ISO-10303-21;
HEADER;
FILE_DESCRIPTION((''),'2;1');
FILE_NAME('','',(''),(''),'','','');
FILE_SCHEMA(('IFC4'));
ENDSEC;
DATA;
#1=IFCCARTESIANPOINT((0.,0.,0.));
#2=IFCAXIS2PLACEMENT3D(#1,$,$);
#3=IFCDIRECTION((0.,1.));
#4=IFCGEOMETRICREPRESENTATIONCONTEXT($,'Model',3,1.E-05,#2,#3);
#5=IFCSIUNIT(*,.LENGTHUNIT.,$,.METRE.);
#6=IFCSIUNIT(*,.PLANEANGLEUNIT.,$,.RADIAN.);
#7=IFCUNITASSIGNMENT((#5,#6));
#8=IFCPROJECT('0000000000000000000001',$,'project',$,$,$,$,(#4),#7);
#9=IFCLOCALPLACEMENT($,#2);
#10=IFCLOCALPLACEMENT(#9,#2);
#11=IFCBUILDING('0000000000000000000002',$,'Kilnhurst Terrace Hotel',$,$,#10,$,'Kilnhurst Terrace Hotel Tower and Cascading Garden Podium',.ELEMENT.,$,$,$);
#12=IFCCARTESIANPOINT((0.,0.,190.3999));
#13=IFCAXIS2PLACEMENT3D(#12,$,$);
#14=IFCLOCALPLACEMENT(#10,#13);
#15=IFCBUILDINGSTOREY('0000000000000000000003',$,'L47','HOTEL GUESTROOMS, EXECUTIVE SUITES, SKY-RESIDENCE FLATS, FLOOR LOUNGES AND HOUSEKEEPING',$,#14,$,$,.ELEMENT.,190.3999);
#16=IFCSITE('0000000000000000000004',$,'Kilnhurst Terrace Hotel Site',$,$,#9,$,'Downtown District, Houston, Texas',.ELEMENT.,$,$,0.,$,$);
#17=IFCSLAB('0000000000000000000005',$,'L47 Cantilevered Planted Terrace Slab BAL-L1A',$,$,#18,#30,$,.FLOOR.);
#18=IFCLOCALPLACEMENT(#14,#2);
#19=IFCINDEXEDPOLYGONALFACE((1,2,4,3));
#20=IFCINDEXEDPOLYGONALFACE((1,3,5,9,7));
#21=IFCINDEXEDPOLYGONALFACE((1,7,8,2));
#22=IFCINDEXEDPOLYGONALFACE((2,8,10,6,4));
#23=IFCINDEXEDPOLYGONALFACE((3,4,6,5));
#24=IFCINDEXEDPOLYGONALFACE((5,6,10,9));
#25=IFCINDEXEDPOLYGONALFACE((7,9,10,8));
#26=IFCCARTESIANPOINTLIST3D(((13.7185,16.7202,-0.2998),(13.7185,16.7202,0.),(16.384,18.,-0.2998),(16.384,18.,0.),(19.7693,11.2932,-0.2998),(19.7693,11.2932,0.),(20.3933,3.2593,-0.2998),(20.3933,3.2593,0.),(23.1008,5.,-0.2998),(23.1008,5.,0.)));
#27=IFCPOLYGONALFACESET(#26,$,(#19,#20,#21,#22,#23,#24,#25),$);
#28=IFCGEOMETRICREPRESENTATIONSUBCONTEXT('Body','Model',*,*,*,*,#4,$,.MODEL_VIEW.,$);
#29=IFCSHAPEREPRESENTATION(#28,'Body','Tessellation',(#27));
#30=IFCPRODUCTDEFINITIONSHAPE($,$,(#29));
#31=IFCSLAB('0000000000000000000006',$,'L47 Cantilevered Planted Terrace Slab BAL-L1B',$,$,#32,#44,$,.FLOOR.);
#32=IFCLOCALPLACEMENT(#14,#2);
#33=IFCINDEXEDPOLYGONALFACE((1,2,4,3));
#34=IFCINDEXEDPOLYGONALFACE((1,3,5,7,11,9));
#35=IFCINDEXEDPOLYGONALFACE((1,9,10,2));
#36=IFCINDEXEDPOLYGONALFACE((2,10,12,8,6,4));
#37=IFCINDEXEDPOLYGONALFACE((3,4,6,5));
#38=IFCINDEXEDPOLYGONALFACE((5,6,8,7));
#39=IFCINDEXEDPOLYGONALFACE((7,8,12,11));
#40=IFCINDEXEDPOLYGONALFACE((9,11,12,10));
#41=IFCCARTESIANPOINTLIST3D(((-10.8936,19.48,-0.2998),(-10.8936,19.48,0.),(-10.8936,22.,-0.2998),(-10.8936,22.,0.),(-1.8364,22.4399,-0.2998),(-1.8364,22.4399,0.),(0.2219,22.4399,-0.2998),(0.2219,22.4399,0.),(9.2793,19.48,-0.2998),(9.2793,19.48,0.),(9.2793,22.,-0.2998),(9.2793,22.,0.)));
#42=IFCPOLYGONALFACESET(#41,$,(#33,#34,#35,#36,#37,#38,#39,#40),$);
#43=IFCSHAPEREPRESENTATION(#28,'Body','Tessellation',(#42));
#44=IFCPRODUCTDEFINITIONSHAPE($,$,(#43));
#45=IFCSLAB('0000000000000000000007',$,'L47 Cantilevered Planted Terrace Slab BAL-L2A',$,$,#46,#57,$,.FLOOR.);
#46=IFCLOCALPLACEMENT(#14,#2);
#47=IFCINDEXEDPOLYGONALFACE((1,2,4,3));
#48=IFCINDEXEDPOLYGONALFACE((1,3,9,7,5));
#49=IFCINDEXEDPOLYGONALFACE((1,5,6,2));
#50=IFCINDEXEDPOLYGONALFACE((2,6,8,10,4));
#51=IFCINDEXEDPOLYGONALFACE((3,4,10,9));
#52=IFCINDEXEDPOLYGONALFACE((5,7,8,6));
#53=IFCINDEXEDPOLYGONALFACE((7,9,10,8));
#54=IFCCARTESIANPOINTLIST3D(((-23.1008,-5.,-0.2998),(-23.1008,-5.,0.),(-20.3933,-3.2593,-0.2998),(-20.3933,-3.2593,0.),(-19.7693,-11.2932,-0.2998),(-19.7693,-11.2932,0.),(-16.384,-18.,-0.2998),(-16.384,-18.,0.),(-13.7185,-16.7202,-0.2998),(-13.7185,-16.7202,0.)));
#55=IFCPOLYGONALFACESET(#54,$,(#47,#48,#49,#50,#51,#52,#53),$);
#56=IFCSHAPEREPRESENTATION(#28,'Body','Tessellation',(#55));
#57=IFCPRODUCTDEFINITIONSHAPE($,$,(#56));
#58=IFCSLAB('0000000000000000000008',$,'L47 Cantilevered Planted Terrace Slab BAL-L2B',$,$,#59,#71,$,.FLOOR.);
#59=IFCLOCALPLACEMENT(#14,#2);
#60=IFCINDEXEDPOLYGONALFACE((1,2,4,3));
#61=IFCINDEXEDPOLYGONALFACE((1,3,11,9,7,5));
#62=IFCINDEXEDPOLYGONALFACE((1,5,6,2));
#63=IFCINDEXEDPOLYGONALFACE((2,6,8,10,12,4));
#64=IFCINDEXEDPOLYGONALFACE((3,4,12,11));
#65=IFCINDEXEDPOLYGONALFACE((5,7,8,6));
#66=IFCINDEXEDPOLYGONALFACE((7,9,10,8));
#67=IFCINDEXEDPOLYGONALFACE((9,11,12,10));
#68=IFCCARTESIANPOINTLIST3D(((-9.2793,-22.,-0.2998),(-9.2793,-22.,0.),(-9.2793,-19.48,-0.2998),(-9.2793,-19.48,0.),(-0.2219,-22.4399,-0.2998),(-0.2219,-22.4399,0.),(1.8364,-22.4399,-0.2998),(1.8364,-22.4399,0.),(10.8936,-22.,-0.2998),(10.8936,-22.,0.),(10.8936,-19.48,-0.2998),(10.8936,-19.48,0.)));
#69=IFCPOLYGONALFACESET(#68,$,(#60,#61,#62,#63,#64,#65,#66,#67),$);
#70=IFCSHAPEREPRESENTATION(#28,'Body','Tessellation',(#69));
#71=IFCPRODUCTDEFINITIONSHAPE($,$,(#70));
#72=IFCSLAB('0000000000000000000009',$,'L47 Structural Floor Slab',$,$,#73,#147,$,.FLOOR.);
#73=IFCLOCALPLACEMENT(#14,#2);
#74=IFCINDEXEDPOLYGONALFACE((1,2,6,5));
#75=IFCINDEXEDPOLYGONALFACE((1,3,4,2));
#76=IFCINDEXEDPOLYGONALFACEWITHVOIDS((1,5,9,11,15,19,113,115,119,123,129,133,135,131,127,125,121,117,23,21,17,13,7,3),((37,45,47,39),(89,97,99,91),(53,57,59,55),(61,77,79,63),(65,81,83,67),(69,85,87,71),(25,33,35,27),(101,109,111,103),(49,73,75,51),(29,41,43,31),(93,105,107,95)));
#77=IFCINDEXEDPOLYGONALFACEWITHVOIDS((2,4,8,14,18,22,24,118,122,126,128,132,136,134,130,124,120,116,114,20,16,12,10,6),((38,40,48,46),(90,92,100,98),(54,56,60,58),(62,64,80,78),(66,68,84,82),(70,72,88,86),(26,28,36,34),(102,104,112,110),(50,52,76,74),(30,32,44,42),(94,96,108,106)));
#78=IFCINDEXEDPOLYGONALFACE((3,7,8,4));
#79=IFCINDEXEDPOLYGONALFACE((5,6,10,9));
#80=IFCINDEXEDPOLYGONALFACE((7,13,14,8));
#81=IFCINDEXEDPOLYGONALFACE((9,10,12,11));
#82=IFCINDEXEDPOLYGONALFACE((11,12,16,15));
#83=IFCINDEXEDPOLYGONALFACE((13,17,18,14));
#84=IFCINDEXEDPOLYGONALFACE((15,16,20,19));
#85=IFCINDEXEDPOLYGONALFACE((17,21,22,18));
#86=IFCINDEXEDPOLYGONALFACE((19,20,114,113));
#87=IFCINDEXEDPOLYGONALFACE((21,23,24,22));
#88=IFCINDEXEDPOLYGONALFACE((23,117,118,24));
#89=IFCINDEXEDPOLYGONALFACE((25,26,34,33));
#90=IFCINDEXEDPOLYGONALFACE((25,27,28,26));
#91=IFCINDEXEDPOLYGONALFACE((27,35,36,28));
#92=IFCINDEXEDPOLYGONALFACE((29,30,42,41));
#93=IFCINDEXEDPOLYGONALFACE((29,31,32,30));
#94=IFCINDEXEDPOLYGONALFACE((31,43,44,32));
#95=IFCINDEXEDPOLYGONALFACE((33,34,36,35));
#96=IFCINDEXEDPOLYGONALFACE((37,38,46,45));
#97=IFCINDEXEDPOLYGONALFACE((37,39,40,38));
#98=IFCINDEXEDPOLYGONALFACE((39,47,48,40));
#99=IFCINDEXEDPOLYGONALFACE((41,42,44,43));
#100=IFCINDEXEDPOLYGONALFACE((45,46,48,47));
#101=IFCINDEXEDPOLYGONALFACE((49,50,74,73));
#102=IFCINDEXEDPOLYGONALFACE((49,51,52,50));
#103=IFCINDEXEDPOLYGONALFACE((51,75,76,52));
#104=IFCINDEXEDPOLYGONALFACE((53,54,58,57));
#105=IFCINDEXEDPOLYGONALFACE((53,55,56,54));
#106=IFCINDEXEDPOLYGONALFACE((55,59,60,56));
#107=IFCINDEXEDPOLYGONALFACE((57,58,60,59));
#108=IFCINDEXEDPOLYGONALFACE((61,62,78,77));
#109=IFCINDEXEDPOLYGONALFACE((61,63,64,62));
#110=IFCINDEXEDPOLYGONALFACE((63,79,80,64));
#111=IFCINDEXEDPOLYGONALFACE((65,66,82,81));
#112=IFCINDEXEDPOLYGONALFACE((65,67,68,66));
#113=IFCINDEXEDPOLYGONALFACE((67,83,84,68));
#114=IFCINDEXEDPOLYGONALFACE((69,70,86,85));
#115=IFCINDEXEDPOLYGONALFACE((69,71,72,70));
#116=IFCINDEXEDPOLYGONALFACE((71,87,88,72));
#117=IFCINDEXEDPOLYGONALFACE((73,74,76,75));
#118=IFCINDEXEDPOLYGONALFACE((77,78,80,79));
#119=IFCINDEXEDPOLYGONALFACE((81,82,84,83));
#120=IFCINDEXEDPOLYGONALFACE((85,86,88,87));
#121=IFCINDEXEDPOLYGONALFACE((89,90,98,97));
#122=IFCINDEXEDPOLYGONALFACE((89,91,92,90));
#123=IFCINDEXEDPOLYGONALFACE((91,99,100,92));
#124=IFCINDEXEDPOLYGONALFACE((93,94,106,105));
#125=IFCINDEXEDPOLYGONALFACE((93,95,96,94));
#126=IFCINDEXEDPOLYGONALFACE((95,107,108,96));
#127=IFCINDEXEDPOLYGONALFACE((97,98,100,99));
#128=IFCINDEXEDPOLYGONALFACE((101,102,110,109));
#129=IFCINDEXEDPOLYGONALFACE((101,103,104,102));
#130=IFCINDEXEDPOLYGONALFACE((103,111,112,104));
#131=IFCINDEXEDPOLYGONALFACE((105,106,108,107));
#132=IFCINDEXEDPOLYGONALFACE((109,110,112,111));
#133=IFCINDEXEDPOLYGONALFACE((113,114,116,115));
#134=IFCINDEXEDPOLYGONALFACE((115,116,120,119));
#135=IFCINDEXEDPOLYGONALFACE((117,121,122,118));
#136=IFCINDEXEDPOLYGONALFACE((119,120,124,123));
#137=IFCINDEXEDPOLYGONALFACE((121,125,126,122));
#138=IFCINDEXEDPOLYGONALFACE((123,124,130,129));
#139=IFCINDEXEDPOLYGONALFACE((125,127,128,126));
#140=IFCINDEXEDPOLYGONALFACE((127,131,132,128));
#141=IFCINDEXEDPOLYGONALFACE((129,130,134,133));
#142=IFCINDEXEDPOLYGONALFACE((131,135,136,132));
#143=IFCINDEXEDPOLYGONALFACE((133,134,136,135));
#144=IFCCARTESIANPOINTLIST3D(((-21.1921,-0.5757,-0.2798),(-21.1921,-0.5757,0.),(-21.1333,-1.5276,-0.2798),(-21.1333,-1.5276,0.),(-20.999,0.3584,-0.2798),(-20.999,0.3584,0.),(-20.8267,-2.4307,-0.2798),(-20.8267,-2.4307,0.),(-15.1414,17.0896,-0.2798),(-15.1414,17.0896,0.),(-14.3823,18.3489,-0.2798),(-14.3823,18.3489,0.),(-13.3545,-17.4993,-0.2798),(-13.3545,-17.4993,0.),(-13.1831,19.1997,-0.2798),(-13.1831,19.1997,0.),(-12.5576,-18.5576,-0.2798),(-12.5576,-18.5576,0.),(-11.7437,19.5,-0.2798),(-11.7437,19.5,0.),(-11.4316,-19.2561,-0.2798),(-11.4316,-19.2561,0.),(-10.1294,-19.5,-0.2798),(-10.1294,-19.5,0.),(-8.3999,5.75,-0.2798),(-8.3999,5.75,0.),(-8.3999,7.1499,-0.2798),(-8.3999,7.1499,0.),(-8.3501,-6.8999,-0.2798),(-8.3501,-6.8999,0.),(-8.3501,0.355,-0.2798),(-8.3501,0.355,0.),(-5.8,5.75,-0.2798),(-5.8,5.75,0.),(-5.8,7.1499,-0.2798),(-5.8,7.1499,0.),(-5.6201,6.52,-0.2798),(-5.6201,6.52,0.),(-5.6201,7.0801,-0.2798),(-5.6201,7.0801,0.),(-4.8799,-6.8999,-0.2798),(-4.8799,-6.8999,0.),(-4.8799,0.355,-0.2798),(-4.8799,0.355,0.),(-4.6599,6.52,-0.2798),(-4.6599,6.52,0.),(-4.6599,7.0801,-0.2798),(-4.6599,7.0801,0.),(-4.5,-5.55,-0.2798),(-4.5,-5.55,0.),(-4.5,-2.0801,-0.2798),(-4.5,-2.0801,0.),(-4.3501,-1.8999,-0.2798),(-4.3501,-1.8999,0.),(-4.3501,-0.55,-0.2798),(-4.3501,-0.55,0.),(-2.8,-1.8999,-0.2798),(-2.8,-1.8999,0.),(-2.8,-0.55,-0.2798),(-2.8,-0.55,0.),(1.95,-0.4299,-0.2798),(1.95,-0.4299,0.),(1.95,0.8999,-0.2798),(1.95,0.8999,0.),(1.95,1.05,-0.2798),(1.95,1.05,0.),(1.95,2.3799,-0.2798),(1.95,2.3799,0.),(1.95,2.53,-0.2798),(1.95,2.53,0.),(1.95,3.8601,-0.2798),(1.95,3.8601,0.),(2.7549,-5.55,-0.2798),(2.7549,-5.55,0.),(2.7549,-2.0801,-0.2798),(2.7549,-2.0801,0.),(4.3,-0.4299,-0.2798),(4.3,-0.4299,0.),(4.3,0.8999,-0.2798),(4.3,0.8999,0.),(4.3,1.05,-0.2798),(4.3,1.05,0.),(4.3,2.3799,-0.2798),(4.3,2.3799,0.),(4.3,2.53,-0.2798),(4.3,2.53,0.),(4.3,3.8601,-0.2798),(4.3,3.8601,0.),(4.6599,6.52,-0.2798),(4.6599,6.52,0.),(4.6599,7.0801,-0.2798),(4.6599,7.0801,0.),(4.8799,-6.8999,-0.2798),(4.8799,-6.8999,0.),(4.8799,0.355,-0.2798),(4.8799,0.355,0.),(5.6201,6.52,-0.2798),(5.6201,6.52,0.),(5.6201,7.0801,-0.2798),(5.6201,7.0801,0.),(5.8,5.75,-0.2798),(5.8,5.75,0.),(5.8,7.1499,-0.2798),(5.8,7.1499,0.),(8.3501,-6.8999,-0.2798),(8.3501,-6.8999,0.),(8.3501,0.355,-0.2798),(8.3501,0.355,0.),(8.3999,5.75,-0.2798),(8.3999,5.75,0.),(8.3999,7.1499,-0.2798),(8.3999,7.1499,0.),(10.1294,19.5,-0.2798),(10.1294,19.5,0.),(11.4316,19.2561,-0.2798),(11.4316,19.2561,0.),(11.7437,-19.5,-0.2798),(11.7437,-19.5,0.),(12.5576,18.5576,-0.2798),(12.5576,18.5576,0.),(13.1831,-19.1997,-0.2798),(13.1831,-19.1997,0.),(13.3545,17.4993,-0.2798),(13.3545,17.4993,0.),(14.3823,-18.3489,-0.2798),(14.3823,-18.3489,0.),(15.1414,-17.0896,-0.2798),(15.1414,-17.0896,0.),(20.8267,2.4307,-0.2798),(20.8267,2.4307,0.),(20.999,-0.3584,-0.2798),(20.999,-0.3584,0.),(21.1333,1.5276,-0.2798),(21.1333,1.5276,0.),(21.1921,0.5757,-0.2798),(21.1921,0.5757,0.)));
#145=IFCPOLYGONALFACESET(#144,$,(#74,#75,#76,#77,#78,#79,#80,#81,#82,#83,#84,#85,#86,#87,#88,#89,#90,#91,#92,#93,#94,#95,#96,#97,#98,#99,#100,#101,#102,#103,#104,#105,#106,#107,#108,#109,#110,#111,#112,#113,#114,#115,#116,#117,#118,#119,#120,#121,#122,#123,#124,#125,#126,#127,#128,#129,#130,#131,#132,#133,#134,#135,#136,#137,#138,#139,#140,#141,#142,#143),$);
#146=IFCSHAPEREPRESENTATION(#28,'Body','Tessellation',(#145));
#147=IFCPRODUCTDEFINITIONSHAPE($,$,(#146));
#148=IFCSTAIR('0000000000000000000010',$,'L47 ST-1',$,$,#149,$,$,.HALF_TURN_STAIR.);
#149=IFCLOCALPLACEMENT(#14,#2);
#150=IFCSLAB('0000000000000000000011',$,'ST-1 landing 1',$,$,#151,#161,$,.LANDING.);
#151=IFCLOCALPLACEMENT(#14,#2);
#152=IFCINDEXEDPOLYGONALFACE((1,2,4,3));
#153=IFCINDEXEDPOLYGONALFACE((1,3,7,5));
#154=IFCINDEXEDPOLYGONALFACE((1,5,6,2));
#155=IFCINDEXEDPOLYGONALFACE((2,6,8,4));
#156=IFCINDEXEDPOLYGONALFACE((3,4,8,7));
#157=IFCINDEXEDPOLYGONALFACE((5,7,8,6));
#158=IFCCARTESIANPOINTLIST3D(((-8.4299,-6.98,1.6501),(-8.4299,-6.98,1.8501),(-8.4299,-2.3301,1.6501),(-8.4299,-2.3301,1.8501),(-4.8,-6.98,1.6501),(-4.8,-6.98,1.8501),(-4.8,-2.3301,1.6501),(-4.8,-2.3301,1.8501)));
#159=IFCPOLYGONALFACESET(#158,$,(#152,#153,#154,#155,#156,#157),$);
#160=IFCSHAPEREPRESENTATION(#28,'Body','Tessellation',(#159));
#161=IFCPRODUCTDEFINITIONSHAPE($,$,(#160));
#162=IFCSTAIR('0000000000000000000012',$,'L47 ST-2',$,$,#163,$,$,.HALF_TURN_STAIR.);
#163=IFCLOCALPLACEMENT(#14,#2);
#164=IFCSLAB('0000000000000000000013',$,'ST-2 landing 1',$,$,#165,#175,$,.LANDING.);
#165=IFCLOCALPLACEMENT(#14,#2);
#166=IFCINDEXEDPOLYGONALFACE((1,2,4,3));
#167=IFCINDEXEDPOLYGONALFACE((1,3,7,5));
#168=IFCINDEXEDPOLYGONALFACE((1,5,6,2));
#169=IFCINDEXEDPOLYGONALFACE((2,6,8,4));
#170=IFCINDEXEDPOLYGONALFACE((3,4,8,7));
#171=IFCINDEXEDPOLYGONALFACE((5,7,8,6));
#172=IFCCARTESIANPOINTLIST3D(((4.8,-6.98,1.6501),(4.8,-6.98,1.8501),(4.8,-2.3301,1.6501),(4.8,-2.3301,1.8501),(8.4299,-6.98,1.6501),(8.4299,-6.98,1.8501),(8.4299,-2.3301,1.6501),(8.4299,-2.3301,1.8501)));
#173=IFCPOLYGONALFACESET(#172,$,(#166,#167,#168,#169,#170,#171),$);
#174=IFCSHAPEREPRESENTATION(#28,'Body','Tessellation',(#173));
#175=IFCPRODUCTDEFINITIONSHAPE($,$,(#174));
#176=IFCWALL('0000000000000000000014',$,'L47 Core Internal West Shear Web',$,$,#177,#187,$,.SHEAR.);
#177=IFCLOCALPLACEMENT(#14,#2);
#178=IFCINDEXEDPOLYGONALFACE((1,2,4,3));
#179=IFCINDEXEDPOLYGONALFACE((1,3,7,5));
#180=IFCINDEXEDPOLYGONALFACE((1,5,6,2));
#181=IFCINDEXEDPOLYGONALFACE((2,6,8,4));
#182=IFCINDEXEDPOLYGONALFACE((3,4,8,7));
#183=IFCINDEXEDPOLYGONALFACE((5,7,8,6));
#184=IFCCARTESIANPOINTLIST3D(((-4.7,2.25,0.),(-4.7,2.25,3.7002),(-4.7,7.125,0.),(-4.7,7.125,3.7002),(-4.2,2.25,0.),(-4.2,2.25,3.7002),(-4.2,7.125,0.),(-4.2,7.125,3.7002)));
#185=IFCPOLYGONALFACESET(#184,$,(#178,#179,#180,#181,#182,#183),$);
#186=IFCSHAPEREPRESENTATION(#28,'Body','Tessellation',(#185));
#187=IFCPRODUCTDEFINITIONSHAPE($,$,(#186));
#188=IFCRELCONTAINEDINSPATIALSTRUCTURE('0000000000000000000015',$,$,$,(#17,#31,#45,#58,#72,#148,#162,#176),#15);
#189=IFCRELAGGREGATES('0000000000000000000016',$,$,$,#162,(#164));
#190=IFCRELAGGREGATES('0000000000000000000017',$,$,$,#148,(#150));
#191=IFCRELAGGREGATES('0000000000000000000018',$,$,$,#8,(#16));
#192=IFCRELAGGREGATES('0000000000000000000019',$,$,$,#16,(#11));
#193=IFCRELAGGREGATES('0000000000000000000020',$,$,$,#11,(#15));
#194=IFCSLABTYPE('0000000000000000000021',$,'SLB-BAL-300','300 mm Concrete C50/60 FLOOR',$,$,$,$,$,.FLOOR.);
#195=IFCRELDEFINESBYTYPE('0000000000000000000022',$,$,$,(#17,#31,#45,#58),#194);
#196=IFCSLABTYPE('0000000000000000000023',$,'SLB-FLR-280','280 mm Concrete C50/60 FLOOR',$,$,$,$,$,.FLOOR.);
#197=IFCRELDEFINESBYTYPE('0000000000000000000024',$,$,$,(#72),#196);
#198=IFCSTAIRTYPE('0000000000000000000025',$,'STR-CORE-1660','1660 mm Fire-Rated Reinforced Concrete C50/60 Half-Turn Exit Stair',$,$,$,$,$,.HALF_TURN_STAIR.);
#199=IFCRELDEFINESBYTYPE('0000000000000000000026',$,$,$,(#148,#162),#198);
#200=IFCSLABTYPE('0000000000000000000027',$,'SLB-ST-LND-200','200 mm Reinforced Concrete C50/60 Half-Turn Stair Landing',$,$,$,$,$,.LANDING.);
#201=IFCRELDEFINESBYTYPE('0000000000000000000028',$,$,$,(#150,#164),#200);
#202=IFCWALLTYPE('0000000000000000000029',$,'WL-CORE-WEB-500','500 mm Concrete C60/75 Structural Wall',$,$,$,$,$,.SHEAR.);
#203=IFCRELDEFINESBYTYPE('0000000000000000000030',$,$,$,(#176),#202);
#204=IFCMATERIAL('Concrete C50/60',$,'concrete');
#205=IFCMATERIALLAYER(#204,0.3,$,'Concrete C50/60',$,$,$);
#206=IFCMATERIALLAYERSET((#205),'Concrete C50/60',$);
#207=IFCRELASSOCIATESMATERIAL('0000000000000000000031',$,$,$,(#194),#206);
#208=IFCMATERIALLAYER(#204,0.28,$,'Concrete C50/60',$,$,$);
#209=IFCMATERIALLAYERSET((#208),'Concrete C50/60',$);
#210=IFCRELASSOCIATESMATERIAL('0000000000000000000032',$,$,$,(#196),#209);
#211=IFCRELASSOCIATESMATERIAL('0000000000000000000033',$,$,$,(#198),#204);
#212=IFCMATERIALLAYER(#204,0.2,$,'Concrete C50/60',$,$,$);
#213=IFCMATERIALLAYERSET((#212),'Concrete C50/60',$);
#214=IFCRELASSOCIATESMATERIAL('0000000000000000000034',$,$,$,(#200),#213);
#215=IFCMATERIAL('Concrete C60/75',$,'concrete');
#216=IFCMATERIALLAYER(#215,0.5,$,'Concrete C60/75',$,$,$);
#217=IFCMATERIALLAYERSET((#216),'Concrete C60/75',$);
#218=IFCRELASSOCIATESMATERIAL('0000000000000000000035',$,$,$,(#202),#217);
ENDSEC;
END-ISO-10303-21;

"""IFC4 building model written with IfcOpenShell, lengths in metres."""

from ifc_helpers import new_model, si_unit, direction, frame, frame_2d, origin, place, context, subcontext, project, spatial, polyline, rectangle, outline, extrude, material, layer, layer_set, type_object, element, aggregate, save


model = new_model("IFC4")

# Units and contexts
model_context = context("Model", 3, precision=1e-05, world=origin(), true_north=direction((0.0, 1.0)))
body_context = subcontext(model_context, "Body", "Model", "MODEL_VIEW")
ifc_project = project(units=[si_unit("LENGTHUNIT", "METRE"), si_unit("PLANEANGLEUNIT", "RADIAN")], contexts=[model_context])

# Site, building, storey
site_placement = place(None, origin())
site = spatial("IfcSite", under=ifc_project, at=site_placement, Name="Kilnhurst Terrace Hotel Site", LongName="Downtown District, Houston, Texas", CompositionType="ELEMENT", RefElevation=0.0)
building_placement = place(site_placement, origin())
building = spatial("IfcBuilding", under=site, at=building_placement, Name="Kilnhurst Terrace Hotel", LongName="Kilnhurst Terrace Hotel Tower and Cascading Garden Podium", CompositionType="ELEMENT")
storey_placement = place(building_placement, frame((0.0, 0.0, 190.3999)))
storey = spatial("IfcBuildingStorey", under=building, at=storey_placement, Name="L47", Description="HOTEL GUESTROOMS, EXECUTIVE SUITES, SKY-RESIDENCE FLATS, FLOOR LOUNGES AND HOUSEKEEPING", CompositionType="ELEMENT", Elevation=190.3999)

# Slabs
ifc_material_1 = material(Name="Concrete C50/60", Category="concrete")
ifc_layer_1 = layer(ifc_material_1, 0.3, Name="Concrete C50/60")
ifc_layer_set_1 = layer_set([ifc_layer_1], Name="Concrete C50/60")
slab_type_1 = type_object("IfcSlabType", Name="SLB-BAL-300", Description="300 mm Concrete C50/60 FLOOR", PredefinedType="FLOOR", material=ifc_layer_set_1)
slab_1_placement = place(storey_placement, frame((0.0, 0.0, -0.2998)))
element("IfcSlab", 1, at=slab_1_placement, inside=storey, type_object=slab_type_1, Name="L47 Cantilevered Planted Terrace Slab BAL-L1A", PredefinedType="FLOOR", context=body_context, shape_type="SweptSolid", body=[
    extrude(outline(polyline([(19.7693, 11.2932), (23.1008, 5.0), (20.3933, 3.2593), (13.7185, 16.7202), (16.384, 18.0), (19.7693, 11.2932)])), origin(), (0.0, 0.0, 1.0), 0.2998),
])
slab_2_placement = place(storey_placement, frame((0.0, 0.0, -0.2998)))
element("IfcSlab", 2, at=slab_2_placement, inside=storey, type_object=slab_type_1, Name="L47 Cantilevered Planted Terrace Slab BAL-L1B", PredefinedType="FLOOR", context=body_context, shape_type="SweptSolid", body=[
    extrude(outline(polyline([(0.2219, 22.4399), (9.2793, 22.0), (9.2793, 19.48), (-10.8936, 19.48), (-10.8936, 22.0), (-1.8364, 22.4399), (0.2219, 22.4399)])), origin(), (0.0, 0.0, 1.0), 0.2998),
])
slab_3_placement = place(storey_placement, frame((0.0, 0.0, -0.2998)))
element("IfcSlab", 3, at=slab_3_placement, inside=storey, type_object=slab_type_1, Name="L47 Cantilevered Planted Terrace Slab BAL-L2A", PredefinedType="FLOOR", context=body_context, shape_type="SweptSolid", body=[
    extrude(outline(polyline([(-23.1008, -5.0), (-20.3933, -3.2593), (-13.7185, -16.7202), (-16.384, -18.0), (-19.7693, -11.2932), (-23.1008, -5.0)])), origin(), (0.0, 0.0, 1.0), 0.2998),
])
slab_4_placement = place(storey_placement, frame((0.0, 0.0, -0.2998)))
element("IfcSlab", 4, at=slab_4_placement, inside=storey, type_object=slab_type_1, Name="L47 Cantilevered Planted Terrace Slab BAL-L2B", PredefinedType="FLOOR", context=body_context, shape_type="SweptSolid", body=[
    extrude(outline(polyline([(-0.2219, -22.4399), (-9.2793, -22.0), (-9.2793, -19.48), (10.8936, -19.48), (10.8936, -22.0), (1.8364, -22.4399), (-0.2219, -22.4399)])), origin(), (0.0, 0.0, 1.0), 0.2998),
])
ifc_layer_2 = layer(ifc_material_1, 0.28, Name="Concrete C50/60")
ifc_layer_set_2 = layer_set([ifc_layer_2], Name="Concrete C50/60")
slab_type_2 = type_object("IfcSlabType", Name="SLB-FLR-280", Description="280 mm Concrete C50/60 FLOOR", PredefinedType="FLOOR", material=ifc_layer_set_2)
slab_5_placement = place(storey_placement, frame((0.0, 0.0, -0.2798)))
element("IfcSlab", 5, at=slab_5_placement, inside=storey, type_object=slab_type_2, Name="L47 Structural Floor Slab", PredefinedType="FLOOR", context=body_context, shape_type="SweptSolid", body=[
    extrude(outline(polyline([(-13.3545, -17.4993), (-12.5576, -18.5576), (-11.4316, -19.2561), (-10.1294, -19.5), (11.7437, -19.5), (13.1831, -19.1997), (14.3823, -18.3489), (15.1414, -17.0896), (20.999, -0.3584), (21.1921, 0.5757), (21.1333, 1.5276), (20.8267, 2.4307), (13.3545, 17.4993), (12.5576, 18.5576), (11.4316, 19.2561), (10.1294, 19.5), (-11.7437, 19.5), (-13.1831, 19.1997), (-14.3823, 18.3489), (-15.1414, 17.0896), (-20.999, 0.3584), (-21.1921, -0.5757), (-21.1333, -1.5276), (-20.8267, -2.4307), (-13.3545, -17.4993)]), holes=[polyline([(2.7549, -2.0801), (2.7549, -5.55), (-4.5, -5.55), (-4.5, -2.0801), (2.7549, -2.0801)]), polyline([(-8.3501, 0.355), (-4.8799, 0.355), (-4.8799, -6.8999), (-8.3501, -6.8999), (-8.3501, 0.355)]), polyline([(-2.8, -1.8999), (-4.3501, -1.8999), (-4.3501, -0.55), (-2.8, -0.55), (-2.8, -1.8999)]), polyline([(1.95, -0.4299), (1.95, 0.8999), (4.3, 0.8999), (4.3, -0.4299), (1.95, -0.4299)]), polyline([(-8.3999, 5.75), (-8.3999, 7.1499), (-5.8, 7.1499), (-5.8, 5.75), (-8.3999, 5.75)]), polyline([(-4.6599, 6.52), (-5.6201, 6.52), (-5.6201, 7.0801), (-4.6599, 7.0801), (-4.6599, 6.52)]), polyline([(8.3501, 0.355), (8.3501, -6.8999), (4.8799, -6.8999), (4.8799, 0.355), (8.3501, 0.355)]), polyline([(1.95, 1.05), (1.95, 2.3799), (4.3, 2.3799), (4.3, 1.05), (1.95, 1.05)]), polyline([(4.3, 2.53), (1.95, 2.53), (1.95, 3.8601), (4.3, 3.8601), (4.3, 2.53)]), polyline([(5.8, 5.75), (5.8, 7.1499), (8.3999, 7.1499), (8.3999, 5.75), (5.8, 5.75)]), polyline([(4.6599, 6.52), (4.6599, 7.0801), (5.6201, 7.0801), (5.6201, 6.52), (4.6599, 6.52)])]), origin(), (0.0, 0.0, 1.0), 0.2798),
])

# Stairs, slabs
stair_type = type_object("IfcStairType", Name="STR-CORE-1660", Description="1660 mm Fire-Rated Reinforced Concrete C50/60 Half-Turn Exit Stair", PredefinedType="HALF_TURN_STAIR", material=ifc_material_1)
stair_1_placement = place(storey_placement, origin())
stair_1 = element("IfcStair", 6, at=stair_1_placement, inside=storey, type_object=stair_type, Name="L47 ST-1", PredefinedType="HALF_TURN_STAIR")
ifc_layer_3 = layer(ifc_material_1, 0.2, Name="Concrete C50/60")
ifc_layer_set_3 = layer_set([ifc_layer_3], Name="Concrete C50/60")
slab_type_3 = type_object("IfcSlabType", Name="SLB-ST-LND-200", Description="200 mm Reinforced Concrete C50/60 Half-Turn Stair Landing", PredefinedType="LANDING", material=ifc_layer_set_3)
slab_6_placement = place(storey_placement, frame((0.0, 0.0, 1.6501)))
slab_6 = element("IfcSlab", 7, at=slab_6_placement, type_object=slab_type_3, Name="ST-1 landing 1", PredefinedType="LANDING", context=body_context, shape_type="SweptSolid", body=[
    extrude(outline(polyline([(-8.4299, -2.3301), (-4.8, -2.3301), (-4.8, -6.98), (-8.4299, -6.98), (-8.4299, -2.3301)])), origin(), (0.0, 0.0, 1.0), 0.2),
])
stair_2_placement = place(storey_placement, origin())
stair_2 = element("IfcStair", 8, at=stair_2_placement, inside=storey, type_object=stair_type, Name="L47 ST-2", PredefinedType="HALF_TURN_STAIR")
slab_7_placement = place(storey_placement, frame((0.0, 0.0, 1.6501)))
slab_7 = element("IfcSlab", 9, at=slab_7_placement, type_object=slab_type_3, Name="ST-2 landing 1", PredefinedType="LANDING", context=body_context, shape_type="SweptSolid", body=[
    extrude(outline(polyline([(4.8, -2.3301), (8.4299, -2.3301), (8.4299, -6.98), (4.8, -6.98), (4.8, -2.3301)])), origin(), (0.0, 0.0, 1.0), 0.2),
])
aggregate(stair_2, [slab_7])

# Wall
ifc_material_2 = material(Name="Concrete C60/75", Category="concrete")
ifc_layer_4 = layer(ifc_material_2, 0.5, Name="Concrete C60/75")
ifc_layer_set_4 = layer_set([ifc_layer_4], Name="Concrete C60/75")
wall_type_1 = type_object("IfcWallType", Name="WL-CORE-WEB-500", Description="500 mm Concrete C60/75 Structural Wall", PredefinedType="SHEAR", material=ifc_layer_set_4)
wall_1_placement = place(storey_placement, frame((-4.45, 2.25, 0.0), z_axis=(0.0, 0.0, 1.0), x_axis=(0.0, 1.0, 0.0)))
element("IfcWall", 10, at=wall_1_placement, inside=storey, type_object=wall_type_1, Name="L47 Core Internal West Shear Web", PredefinedType="SHEAR", context=body_context, shape_type="SweptSolid", body=[
    extrude(rectangle(XDim=4.875, YDim=0.5, at=frame_2d((2.4375, 0.0))), origin(), (0.0, 0.0, 1.0), 3.7002),
])

aggregate(stair_1, [slab_6])

save(model, "model.ifc")
